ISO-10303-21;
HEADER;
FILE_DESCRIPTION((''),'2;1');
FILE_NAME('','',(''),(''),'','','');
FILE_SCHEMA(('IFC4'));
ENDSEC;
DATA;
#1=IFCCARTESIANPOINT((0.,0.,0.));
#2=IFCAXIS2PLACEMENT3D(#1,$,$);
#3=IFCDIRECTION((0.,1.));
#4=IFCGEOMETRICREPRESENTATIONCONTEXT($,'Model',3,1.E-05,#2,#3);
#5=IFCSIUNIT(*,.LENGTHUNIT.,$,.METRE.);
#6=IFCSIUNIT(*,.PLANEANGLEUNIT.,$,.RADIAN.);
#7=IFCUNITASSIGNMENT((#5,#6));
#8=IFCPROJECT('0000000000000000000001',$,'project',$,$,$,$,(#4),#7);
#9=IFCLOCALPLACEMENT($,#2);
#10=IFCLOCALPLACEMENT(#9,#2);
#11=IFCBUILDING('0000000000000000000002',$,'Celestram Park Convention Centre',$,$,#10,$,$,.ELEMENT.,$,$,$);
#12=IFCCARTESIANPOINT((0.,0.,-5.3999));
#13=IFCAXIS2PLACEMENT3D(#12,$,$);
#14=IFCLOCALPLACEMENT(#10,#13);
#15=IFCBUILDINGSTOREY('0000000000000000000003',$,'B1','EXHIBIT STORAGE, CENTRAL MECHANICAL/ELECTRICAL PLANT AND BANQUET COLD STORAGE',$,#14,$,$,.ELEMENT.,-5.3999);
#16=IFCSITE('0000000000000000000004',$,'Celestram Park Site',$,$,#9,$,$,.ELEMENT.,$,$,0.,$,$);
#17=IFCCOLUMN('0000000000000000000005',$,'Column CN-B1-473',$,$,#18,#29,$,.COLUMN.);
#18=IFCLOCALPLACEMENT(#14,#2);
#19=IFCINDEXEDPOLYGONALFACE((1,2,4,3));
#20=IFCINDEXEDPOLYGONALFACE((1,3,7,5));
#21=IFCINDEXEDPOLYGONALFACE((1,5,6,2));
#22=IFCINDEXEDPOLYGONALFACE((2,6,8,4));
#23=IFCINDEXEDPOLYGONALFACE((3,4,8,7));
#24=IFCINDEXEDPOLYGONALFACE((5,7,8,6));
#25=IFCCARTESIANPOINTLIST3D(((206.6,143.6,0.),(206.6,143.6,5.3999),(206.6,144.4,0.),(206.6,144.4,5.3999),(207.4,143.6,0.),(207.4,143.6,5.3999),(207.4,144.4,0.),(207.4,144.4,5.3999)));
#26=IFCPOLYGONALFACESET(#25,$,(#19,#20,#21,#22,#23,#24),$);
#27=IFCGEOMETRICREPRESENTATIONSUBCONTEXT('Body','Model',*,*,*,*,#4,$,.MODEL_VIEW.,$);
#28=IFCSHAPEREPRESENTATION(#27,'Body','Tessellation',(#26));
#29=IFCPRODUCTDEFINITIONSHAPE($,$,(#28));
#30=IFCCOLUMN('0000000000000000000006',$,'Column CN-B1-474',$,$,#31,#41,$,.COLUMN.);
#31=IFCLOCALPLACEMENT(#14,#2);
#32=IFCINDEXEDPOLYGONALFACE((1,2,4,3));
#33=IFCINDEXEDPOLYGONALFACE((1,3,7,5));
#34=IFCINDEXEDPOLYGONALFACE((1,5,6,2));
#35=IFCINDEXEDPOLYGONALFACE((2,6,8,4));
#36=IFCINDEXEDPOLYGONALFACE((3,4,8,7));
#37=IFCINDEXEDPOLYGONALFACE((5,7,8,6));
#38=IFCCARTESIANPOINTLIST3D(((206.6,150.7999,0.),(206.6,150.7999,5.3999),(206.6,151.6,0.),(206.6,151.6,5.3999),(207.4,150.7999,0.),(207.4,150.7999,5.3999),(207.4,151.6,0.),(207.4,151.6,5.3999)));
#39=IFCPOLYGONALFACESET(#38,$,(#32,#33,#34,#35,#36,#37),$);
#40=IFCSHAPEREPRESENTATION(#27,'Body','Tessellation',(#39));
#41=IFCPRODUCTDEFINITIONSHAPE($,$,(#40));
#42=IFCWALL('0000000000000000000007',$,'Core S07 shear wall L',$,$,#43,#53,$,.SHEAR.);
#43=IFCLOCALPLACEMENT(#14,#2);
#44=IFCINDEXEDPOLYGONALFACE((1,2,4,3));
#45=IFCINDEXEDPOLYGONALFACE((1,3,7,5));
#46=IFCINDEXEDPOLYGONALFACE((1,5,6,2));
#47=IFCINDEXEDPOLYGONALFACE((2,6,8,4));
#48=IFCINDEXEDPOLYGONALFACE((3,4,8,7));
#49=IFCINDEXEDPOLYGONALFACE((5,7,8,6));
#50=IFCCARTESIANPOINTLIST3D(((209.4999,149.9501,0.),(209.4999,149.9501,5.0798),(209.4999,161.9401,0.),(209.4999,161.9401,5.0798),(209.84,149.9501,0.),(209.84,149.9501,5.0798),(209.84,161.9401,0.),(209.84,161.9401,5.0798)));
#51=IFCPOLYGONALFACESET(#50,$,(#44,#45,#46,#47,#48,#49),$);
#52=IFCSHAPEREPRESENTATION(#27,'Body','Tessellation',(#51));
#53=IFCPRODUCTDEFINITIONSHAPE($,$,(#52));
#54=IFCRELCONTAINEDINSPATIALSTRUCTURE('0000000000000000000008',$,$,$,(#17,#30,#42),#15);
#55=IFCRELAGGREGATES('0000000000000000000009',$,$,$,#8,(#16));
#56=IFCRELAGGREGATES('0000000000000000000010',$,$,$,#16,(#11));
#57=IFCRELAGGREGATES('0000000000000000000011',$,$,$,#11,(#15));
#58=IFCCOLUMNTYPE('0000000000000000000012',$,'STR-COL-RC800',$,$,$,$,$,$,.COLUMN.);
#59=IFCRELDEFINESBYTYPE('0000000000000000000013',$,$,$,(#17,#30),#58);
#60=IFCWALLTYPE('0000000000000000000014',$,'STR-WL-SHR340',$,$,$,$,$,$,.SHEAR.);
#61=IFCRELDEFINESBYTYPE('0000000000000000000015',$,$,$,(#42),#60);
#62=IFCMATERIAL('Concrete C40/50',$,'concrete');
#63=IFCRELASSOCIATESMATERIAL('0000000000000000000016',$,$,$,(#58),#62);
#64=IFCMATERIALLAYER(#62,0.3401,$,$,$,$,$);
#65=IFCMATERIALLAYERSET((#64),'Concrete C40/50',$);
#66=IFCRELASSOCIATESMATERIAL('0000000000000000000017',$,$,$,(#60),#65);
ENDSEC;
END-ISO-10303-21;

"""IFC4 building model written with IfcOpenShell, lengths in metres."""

from ifc_helpers import new_model, si_unit, direction, frame, frame_2d, origin, origin_2d, place, context, subcontext, project, spatial, rectangle, extrude, material, layer, layer_set, material_profile, profile_set, type_object, element, save


model = new_model("IFC4")

# Units and contexts
model_context = context("Model", 3, precision=1e-05, world=origin(), true_north=direction((0.0, 1.0)))
body_context = subcontext(model_context, "Body", "Model", "MODEL_VIEW")
ifc_project = project(units=[si_unit("LENGTHUNIT", "METRE"), si_unit("PLANEANGLEUNIT", "RADIAN")], contexts=[model_context])

# Site, building, storey
site_placement = place(None, origin())
site = spatial("IfcSite", under=ifc_project, at=site_placement, Name="Celestram Park Site", CompositionType="ELEMENT", RefElevation=0.0)
building_placement = place(site_placement, origin())
building = spatial("IfcBuilding", under=site, at=building_placement, Name="Celestram Park Convention Centre", CompositionType="ELEMENT")
storey_placement = place(building_placement, frame((0.0, 0.0, -5.3999)))
storey = spatial("IfcBuildingStorey", under=building, at=storey_placement, Name="B1", Description="EXHIBIT STORAGE, CENTRAL MECHANICAL/ELECTRICAL PLANT AND BANQUET COLD STORAGE", CompositionType="ELEMENT", Elevation=-5.3999)

# Shared definitions
ifc_material_1 = material(Name="Concrete C40/50", Category="concrete")

# Columns
ifc_material_profile_1 = material_profile(ifc_material_1, rectangle(XDim=0.8, YDim=0.8, at=origin_2d()), Name="RC800X800")
ifc_profile_set_1 = profile_set([ifc_material_profile_1], Name="Concrete C40/50")
column_type_1 = type_object("IfcColumnType", Name="STR-COL-RC800", PredefinedType="COLUMN", material=ifc_profile_set_1)
for number, where, z_axis, x_axis, name in (
    (1, (207.0, 144.0, 0.0), (0.0, 0.0, 1.0), (1.0, 0.0, 0.0), "Column CN-B1-473"),
    (2, (207.0, 151.2, 0.0), (0.0, 0.0, 1.0), (1.0, 0.0, 0.0), "Column CN-B1-474"),
):
    element("IfcColumn", number, at=place(storey_placement, frame(where, z_axis=z_axis, x_axis=x_axis)), inside=storey, type_object=column_type_1, Name=name, PredefinedType="COLUMN", context=body_context, shape_type="SweptSolid", body=[
        extrude(rectangle(XDim=0.8, YDim=0.8, at=origin_2d()), origin(), (0.0, 0.0, 1.0), 5.3999),
    ])

# Wall
ifc_layer = layer(ifc_material_1, 0.3401)
ifc_layer_set = layer_set([ifc_layer], Name="Concrete C40/50")
wall_type = type_object("IfcWallType", Name="STR-WL-SHR340", PredefinedType="SHEAR", material=ifc_layer_set)
wall_placement = place(storey_placement, frame((209.6699, 149.95, 0.0), z_axis=(0.0, 0.0, 1.0), x_axis=(0.0, 1.0, 0.0)))
element("IfcWall", 3, at=wall_placement, inside=storey, type_object=wall_type, Name="Core S07 shear wall L", PredefinedType="SHEAR", context=body_context, shape_type="SweptSolid", body=[
    extrude(rectangle(XDim=11.99, YDim=0.3401, at=frame_2d((5.9951, 0.0))), origin(), (0.0, 0.0, 1.0), 5.0798),
])

save(model, "model.ifc")
